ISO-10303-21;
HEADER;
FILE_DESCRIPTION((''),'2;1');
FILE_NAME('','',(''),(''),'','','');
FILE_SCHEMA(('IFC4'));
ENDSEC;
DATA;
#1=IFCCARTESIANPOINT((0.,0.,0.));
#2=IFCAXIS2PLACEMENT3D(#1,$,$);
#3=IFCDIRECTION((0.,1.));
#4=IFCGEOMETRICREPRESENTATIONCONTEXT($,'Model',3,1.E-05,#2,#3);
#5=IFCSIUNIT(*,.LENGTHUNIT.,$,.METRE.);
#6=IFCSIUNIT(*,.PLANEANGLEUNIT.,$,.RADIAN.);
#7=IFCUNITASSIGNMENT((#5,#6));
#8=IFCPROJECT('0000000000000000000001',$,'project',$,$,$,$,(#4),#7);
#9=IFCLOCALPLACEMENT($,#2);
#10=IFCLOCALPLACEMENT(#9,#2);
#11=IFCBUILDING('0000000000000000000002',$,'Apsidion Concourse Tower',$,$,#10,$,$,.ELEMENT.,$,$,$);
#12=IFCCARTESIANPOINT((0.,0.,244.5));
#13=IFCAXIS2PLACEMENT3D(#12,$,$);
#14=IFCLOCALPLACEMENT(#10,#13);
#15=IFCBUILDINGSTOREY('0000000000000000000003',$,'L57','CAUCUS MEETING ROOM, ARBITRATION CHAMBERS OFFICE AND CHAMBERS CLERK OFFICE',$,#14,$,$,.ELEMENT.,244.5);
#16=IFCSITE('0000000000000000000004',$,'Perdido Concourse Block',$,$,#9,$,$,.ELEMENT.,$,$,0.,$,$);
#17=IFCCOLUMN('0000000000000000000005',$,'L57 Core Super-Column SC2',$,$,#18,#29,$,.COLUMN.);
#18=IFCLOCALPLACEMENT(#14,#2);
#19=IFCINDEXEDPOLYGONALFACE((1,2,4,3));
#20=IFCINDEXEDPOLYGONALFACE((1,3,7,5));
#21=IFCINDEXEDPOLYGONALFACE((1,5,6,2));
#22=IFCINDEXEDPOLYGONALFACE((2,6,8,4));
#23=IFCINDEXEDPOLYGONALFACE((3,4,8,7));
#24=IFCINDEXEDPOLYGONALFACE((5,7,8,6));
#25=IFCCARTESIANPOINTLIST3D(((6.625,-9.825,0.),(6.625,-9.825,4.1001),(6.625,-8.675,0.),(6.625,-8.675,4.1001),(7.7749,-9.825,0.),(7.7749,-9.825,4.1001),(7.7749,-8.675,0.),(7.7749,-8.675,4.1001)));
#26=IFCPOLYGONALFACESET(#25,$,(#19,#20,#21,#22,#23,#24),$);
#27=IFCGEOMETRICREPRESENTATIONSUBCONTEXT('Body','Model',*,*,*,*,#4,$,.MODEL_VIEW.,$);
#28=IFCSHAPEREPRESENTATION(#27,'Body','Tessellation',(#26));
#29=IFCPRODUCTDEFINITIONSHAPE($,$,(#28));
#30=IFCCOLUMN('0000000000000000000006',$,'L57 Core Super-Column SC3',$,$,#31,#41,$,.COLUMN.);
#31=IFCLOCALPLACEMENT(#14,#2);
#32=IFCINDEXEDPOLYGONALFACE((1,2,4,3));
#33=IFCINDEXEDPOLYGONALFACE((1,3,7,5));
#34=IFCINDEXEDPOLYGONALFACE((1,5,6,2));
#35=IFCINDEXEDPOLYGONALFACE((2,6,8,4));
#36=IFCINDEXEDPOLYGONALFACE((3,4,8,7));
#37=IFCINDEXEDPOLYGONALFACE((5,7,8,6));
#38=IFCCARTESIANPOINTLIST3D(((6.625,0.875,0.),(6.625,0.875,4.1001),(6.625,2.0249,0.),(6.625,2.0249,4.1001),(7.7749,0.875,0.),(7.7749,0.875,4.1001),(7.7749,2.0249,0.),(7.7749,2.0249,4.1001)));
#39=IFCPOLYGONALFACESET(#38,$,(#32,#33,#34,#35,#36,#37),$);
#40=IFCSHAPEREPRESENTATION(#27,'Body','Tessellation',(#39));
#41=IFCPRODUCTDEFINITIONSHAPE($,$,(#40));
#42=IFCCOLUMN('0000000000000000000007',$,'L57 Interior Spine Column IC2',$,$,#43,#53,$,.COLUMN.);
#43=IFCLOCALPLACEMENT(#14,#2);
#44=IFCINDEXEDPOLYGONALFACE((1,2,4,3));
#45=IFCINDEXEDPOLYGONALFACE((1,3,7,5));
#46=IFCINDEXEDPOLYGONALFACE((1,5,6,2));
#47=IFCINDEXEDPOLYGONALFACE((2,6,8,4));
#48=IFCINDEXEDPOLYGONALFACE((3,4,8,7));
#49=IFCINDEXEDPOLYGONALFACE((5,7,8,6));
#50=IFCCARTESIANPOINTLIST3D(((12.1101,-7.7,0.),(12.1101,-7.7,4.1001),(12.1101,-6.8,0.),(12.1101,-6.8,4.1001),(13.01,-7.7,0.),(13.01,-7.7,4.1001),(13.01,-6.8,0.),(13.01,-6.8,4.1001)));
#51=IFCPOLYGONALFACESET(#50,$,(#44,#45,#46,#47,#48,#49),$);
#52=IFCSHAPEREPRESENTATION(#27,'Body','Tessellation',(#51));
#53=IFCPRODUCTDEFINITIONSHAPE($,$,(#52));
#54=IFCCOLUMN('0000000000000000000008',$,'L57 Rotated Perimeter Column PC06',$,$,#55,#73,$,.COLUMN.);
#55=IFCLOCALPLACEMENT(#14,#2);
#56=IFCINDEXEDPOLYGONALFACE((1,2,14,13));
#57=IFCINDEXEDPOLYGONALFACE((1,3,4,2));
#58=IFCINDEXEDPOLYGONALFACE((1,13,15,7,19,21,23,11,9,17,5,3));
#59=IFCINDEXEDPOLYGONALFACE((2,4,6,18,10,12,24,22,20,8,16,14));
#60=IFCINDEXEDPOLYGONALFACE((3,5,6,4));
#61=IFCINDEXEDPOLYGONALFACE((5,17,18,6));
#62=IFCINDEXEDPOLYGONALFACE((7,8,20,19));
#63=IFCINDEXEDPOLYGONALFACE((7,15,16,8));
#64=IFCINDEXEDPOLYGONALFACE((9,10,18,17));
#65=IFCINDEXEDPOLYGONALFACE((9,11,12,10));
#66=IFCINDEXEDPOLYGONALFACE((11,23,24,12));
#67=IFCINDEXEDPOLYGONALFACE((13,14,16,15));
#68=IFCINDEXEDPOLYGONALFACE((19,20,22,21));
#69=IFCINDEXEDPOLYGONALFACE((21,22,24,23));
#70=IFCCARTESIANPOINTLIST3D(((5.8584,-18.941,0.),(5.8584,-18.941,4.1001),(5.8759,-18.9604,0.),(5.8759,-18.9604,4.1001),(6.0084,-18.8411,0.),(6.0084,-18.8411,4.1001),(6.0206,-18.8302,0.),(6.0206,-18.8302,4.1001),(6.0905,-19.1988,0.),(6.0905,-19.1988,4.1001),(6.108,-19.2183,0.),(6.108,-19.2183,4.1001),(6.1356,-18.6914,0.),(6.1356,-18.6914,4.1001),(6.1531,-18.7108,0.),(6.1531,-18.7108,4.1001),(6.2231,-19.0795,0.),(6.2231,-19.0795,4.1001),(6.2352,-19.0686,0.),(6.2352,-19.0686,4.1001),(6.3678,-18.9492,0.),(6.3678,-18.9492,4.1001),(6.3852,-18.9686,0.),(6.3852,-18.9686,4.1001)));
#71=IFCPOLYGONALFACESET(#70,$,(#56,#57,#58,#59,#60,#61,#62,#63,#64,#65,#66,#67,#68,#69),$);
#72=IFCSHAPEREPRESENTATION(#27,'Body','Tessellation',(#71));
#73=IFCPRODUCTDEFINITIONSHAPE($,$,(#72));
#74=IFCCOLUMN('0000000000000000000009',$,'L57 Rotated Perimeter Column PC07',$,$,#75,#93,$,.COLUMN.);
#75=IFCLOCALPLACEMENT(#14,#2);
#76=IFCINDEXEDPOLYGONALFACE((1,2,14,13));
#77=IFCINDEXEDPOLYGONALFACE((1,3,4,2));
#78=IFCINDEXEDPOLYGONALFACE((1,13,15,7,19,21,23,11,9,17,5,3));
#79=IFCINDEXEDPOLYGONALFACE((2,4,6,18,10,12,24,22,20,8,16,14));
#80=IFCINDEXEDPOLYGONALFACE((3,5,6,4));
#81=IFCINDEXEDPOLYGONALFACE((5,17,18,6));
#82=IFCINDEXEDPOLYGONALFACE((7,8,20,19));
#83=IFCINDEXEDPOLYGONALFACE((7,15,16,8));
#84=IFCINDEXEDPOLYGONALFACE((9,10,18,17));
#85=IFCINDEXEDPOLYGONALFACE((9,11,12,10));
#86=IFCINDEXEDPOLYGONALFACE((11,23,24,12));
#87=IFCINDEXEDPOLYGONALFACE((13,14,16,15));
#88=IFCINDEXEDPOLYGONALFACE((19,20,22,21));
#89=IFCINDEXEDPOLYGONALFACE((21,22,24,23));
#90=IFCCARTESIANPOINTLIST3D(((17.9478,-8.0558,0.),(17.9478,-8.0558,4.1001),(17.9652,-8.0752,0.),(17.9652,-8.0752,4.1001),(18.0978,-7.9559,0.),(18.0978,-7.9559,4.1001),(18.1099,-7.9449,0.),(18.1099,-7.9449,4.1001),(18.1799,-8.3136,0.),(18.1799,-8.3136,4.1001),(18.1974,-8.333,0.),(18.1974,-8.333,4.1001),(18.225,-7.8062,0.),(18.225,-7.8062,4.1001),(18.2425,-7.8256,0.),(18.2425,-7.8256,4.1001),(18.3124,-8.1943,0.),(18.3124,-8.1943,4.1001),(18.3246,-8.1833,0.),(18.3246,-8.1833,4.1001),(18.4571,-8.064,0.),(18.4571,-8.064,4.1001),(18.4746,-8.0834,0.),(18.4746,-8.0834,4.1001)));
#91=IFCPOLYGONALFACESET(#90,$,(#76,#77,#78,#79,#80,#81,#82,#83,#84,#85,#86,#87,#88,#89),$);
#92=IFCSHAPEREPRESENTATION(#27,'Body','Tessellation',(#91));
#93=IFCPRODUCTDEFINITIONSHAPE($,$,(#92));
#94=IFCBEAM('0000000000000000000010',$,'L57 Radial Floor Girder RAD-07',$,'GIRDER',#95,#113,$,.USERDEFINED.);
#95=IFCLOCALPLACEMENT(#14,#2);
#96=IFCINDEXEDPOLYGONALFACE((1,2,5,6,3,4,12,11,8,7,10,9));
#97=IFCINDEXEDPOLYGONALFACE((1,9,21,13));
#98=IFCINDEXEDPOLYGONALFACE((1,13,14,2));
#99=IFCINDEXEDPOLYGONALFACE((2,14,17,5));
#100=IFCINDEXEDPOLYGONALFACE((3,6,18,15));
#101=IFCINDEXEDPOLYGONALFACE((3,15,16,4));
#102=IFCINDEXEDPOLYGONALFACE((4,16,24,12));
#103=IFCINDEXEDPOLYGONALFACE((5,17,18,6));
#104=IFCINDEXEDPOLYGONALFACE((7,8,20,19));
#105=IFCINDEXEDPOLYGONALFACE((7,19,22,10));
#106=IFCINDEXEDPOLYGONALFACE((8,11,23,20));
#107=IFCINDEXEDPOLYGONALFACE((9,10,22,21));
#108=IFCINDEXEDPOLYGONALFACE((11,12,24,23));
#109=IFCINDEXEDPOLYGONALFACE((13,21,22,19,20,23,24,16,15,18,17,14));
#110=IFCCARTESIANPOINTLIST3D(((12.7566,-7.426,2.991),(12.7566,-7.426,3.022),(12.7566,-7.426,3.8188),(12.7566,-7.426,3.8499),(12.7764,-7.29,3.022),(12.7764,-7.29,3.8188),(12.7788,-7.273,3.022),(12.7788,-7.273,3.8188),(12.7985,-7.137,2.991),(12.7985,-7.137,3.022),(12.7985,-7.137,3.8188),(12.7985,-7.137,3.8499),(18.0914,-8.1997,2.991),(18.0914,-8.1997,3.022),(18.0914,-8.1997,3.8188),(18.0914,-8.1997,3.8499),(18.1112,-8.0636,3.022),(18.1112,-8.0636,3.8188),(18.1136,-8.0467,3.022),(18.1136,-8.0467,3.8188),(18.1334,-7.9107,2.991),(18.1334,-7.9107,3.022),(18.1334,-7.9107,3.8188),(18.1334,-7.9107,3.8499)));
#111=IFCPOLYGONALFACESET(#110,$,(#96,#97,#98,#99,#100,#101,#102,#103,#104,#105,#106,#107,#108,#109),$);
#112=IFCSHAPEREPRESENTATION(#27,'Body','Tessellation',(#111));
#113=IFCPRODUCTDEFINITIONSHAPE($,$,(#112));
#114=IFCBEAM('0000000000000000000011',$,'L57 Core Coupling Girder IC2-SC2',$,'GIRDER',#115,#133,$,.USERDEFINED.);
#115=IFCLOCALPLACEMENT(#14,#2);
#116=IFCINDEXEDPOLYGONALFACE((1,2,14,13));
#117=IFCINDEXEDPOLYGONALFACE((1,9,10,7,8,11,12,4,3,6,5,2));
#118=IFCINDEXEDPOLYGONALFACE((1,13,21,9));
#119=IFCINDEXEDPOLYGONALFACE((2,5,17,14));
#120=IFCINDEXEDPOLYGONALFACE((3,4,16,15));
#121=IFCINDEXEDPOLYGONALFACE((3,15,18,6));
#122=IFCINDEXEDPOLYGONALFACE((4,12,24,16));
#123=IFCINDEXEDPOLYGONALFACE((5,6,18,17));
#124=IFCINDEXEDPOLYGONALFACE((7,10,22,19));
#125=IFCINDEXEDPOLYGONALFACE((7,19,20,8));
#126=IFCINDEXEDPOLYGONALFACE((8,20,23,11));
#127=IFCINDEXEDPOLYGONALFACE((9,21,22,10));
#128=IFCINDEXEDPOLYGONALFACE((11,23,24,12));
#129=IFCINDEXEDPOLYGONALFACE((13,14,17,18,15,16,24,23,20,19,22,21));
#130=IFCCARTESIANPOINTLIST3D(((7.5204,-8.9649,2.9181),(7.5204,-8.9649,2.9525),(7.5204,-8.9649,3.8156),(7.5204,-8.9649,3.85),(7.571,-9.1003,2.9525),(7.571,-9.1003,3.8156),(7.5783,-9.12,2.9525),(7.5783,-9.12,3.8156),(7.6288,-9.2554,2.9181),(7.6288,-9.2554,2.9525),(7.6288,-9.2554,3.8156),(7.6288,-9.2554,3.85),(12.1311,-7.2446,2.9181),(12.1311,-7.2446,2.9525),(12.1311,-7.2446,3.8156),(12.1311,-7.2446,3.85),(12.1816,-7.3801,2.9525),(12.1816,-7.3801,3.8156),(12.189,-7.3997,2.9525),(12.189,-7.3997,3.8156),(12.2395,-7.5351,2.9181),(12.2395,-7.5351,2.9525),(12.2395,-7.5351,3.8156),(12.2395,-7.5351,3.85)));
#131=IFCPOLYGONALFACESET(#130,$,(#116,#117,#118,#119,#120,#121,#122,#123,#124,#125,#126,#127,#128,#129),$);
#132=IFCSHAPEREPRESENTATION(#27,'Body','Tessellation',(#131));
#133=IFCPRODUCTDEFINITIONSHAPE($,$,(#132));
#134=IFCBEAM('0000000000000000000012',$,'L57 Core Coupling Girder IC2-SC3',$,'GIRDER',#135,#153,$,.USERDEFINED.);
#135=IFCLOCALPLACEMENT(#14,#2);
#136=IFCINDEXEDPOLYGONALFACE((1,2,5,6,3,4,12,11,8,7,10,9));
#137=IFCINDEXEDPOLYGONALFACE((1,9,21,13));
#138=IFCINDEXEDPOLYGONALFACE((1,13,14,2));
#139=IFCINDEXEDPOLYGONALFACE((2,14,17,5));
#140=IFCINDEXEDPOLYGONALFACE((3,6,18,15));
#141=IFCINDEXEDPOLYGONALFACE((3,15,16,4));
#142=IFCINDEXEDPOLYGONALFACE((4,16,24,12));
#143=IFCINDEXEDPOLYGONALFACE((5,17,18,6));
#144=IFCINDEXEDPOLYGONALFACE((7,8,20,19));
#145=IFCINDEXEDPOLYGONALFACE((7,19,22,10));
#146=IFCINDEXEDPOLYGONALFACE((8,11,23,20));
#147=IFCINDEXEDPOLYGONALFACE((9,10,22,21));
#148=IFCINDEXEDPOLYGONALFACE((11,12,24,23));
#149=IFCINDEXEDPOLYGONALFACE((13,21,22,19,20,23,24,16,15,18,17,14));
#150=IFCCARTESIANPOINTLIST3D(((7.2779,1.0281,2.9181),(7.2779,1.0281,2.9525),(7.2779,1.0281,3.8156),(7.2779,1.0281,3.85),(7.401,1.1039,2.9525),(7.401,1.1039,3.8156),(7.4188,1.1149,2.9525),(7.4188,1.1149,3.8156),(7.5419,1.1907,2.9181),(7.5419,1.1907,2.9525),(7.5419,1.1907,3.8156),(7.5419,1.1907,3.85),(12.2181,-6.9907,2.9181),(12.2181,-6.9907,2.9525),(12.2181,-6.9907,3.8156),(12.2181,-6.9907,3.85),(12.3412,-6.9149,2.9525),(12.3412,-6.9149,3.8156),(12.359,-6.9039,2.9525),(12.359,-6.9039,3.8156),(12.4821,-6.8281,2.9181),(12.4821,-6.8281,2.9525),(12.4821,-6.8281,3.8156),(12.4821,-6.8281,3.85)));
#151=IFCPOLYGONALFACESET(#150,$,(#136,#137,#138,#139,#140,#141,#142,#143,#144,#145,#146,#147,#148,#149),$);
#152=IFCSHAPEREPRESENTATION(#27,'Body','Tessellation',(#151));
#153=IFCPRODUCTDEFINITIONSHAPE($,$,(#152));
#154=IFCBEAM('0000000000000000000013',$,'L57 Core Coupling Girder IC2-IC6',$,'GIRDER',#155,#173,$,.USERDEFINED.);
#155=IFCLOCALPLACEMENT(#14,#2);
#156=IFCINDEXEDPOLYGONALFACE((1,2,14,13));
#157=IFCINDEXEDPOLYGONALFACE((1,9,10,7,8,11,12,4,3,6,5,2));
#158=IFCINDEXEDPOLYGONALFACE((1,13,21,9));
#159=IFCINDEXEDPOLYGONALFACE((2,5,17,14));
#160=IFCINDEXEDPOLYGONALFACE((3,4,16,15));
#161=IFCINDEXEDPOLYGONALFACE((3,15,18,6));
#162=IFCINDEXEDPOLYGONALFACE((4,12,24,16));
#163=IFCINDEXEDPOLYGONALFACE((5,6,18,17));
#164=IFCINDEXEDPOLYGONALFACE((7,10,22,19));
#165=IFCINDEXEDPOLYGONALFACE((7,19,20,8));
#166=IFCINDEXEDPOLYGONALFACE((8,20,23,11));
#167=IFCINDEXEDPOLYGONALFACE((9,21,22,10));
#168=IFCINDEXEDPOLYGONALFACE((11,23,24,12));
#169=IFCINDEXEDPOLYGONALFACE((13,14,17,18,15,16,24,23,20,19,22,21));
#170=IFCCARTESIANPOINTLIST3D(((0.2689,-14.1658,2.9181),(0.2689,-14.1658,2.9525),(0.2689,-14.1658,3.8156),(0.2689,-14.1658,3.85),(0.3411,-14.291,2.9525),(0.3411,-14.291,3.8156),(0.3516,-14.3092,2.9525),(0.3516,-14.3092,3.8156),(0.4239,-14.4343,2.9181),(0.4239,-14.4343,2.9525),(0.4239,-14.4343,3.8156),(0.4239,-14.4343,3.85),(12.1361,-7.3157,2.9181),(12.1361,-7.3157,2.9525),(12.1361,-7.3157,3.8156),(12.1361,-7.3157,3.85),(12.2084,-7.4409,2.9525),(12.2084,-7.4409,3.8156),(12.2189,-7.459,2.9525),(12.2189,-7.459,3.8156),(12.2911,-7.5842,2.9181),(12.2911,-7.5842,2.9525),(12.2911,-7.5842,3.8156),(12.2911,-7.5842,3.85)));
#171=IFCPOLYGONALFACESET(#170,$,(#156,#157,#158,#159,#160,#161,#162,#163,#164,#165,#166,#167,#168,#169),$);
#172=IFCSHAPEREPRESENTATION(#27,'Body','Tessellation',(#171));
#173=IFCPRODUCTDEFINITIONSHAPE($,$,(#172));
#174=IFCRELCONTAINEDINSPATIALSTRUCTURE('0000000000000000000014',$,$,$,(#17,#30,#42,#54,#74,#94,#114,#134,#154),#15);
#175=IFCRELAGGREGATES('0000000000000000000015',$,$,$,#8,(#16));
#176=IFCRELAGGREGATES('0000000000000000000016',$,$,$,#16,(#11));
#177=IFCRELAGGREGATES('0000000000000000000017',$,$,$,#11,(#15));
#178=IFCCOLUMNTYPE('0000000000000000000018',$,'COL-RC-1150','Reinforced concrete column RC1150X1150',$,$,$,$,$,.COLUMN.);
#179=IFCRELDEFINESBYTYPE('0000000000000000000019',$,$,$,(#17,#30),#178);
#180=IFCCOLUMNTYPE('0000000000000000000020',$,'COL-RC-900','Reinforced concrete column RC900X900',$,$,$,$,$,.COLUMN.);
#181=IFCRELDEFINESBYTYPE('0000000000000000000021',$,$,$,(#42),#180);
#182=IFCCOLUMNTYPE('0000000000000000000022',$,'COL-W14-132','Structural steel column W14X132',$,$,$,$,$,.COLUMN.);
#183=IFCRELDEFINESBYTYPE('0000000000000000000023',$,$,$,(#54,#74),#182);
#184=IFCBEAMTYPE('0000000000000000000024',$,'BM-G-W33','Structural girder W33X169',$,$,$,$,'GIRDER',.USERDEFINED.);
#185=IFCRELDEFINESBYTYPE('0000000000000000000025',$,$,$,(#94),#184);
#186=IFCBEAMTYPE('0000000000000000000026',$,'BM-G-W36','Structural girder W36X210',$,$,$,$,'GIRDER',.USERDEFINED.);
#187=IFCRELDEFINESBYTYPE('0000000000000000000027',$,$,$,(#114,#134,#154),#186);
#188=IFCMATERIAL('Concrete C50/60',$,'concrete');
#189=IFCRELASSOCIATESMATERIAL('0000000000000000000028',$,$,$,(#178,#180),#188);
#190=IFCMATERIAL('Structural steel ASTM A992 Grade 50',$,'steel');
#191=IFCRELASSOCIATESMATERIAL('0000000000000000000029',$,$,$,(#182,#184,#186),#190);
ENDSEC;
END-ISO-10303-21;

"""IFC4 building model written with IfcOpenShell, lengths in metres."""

from ifc_helpers import new_model, si_unit, direction, frame, origin, origin_2d, place, context, subcontext, project, spatial, rectangle, i_section, extrude, material, material_profile, profile_set, type_object, element, save


model = new_model("IFC4")

# Units and contexts
model_context = context("Model", 3, precision=1e-05, world=origin(), true_north=direction((0.0, 1.0)))
body_context = subcontext(model_context, "Body", "Model", "MODEL_VIEW")
ifc_project = project(units=[si_unit("LENGTHUNIT", "METRE"), si_unit("PLANEANGLEUNIT", "RADIAN")], contexts=[model_context])

# Site, building, storey
site_placement = place(None, origin())
site = spatial("IfcSite", under=ifc_project, at=site_placement, Name="Perdido Concourse Block", CompositionType="ELEMENT", RefElevation=0.0)
building_placement = place(site_placement, origin())
building = spatial("IfcBuilding", under=site, at=building_placement, Name="Apsidion Concourse Tower", CompositionType="ELEMENT")
storey_placement = place(building_placement, frame((0.0, 0.0, 244.5)))
storey = spatial("IfcBuildingStorey", under=building, at=storey_placement, Name="L57", Description="CAUCUS MEETING ROOM, ARBITRATION CHAMBERS OFFICE AND CHAMBERS CLERK OFFICE", CompositionType="ELEMENT", Elevation=244.5)

# Columns
ifc_material_1 = material(Name="Concrete C50/60", Category="concrete")
ifc_material_profile_1 = material_profile(ifc_material_1, rectangle(XDim=1.1499, YDim=1.1499, at=origin_2d()), Name="RC 1150x1150")
ifc_profile_set_1 = profile_set([ifc_material_profile_1], Name="Concrete C50/60")
column_type_1 = type_object("IfcColumnType", Name="COL-RC-1150", Description="Reinforced concrete column RC1150X1150", PredefinedType="COLUMN", material=ifc_profile_set_1)
for number, where, z_axis, x_axis, name in (
    (1, (7.2, -9.25, 0.0), (0.0, 0.0, 1.0), (1.0, 0.0, 0.0), "L57 Core Super-Column SC2"),
    (2, (7.2, 1.45, 0.0), (0.0, 0.0, 1.0), (1.0, 0.0, 0.0), "L57 Core Super-Column SC3"),
):
    element("IfcColumn", number, at=place(storey_placement, frame(where, z_axis=z_axis, x_axis=x_axis)), inside=storey, type_object=column_type_1, Name=name, PredefinedType="COLUMN", context=body_context, shape_type="SweptSolid", body=[
        extrude(rectangle(XDim=1.1499, YDim=1.1499, at=origin_2d()), origin(), (0.0, 0.0, 1.0), 4.1001),
    ])
ifc_material_profile_2 = material_profile(ifc_material_1, rectangle(XDim=0.8999, YDim=0.8999, at=origin_2d()), Name="RC 900x900")
ifc_profile_set_2 = profile_set([ifc_material_profile_2], Name="Concrete C50/60")
column_type_2 = type_object("IfcColumnType", Name="COL-RC-900", Description="Reinforced concrete column RC900X900", PredefinedType="COLUMN", material=ifc_profile_set_2)
column_placement = place(storey_placement, frame((12.5601, -7.25, 0.0), z_axis=(0.0, 0.0, 1.0), x_axis=(1.0, 0.0, 0.0)))
element("IfcColumn", 3, at=column_placement, inside=storey, type_object=column_type_2, Name="L57 Interior Spine Column IC2", PredefinedType="COLUMN", context=body_context, shape_type="SweptSolid", body=[
    extrude(rectangle(XDim=0.8999, YDim=0.8999, at=origin_2d()), origin(), (0.0, 0.0, 1.0), 4.1001),
])
ifc_material_2 = material(Name="Structural steel ASTM A992 Grade 50", Category="steel")
ifc_material_profile_3 = material_profile(ifc_material_2, i_section(OverallWidth=0.373, OverallDepth=0.373, WebThickness=0.0164, FlangeThickness=0.0261, at=origin_2d()), Name="W14X132")
ifc_profile_set_3 = profile_set([ifc_material_profile_3], Name="Structural steel ASTM A992 Grade 50")
column_type_3 = type_object("IfcColumnType", Name="COL-W14-132", Description="Structural steel column W14X132", PredefinedType="COLUMN", material=ifc_profile_set_3)
for number, where, z_axis, x_axis, name in (
    (4, (6.1218, -18.9548, 0.0), (0.0, 0.0, 1.0), (0.743145, 0.669131, 0.0), "L57 Rotated Perimeter Column PC06"),
    (5, (18.2112, -8.0696, 0.0), (0.0, 0.0, 1.0), (0.743145, 0.669131, 0.0), "L57 Rotated Perimeter Column PC07"),
):
    element("IfcColumn", number, at=place(storey_placement, frame(where, z_axis=z_axis, x_axis=x_axis)), inside=storey, type_object=column_type_3, Name=name, PredefinedType="COLUMN", context=body_context, shape_type="SweptSolid", body=[
        extrude(i_section(OverallWidth=0.373, OverallDepth=0.373, WebThickness=0.0164, FlangeThickness=0.0261, at=origin_2d()), origin(), (0.0, 0.0, 1.0), 4.1001),
    ])

# Beams
ifc_material_profile_4 = material_profile(ifc_material_2, i_section(OverallWidth=0.292, OverallDepth=0.8589, WebThickness=0.0171, FlangeThickness=0.031, at=origin_2d()), Name="W33X169")
ifc_profile_set_4 = profile_set([ifc_material_profile_4], Name="Structural steel ASTM A992 Grade 50")
beam_type_1 = type_object("IfcBeamType", Name="BM-G-W33", Description="Structural girder W33X169", ElementType="GIRDER", PredefinedType="USERDEFINED", material=ifc_profile_set_4)
beam_1_placement = place(storey_placement, frame((12.7776, -7.2815, 3.4204), z_axis=(0.989647, -0.143526, 0.0), x_axis=(0.143526, 0.989647, 0.0)))
element("IfcBeam", 6, at=beam_1_placement, inside=storey, type_object=beam_type_1, Name="L57 Radial Floor Girder RAD-07", ObjectType="GIRDER", PredefinedType="USERDEFINED", context=body_context, shape_type="SweptSolid", body=[
    extrude(i_section(OverallWidth=0.292, OverallDepth=0.8589, WebThickness=0.0171, FlangeThickness=0.031, at=origin_2d()), origin(), (0.0, 0.0, 1.0), 5.3906),
])
ifc_material_profile_5 = material_profile(ifc_material_2, i_section(OverallWidth=0.3101, OverallDepth=0.9319, WebThickness=0.021, FlangeThickness=0.0344, at=origin_2d()), Name="W36X210")
ifc_profile_set_5 = profile_set([ifc_material_profile_5], Name="Structural steel ASTM A992 Grade 50")
beam_type_2 = type_object("IfcBeamType", Name="BM-G-W36", Description="Structural girder W36X210", ElementType="GIRDER", PredefinedType="USERDEFINED", material=ifc_profile_set_5)
beam_2_placement = place(storey_placement, frame((12.1853, -7.3899, 3.384), z_axis=(-0.936913, -0.349563, 0.0), x_axis=(0.349563, -0.936913, 0.0)))
element("IfcBeam", 7, at=beam_2_placement, inside=storey, type_object=beam_type_2, Name="L57 Core Coupling Girder IC2-SC2", ObjectType="GIRDER", PredefinedType="USERDEFINED", context=body_context, shape_type="SweptSolid", body=[
    extrude(i_section(OverallWidth=0.3101, OverallDepth=0.9319, WebThickness=0.021, FlangeThickness=0.0344, at=origin_2d()), origin(), (0.0, 0.0, 1.0), 4.9211),
])
beam_3_placement = place(storey_placement, frame((12.3501, -6.9094, 3.384), z_axis=(-0.524524, 0.851396, 0.0), x_axis=(-0.851396, -0.524524, 0.0)))
element("IfcBeam", 8, at=beam_3_placement, inside=storey, type_object=beam_type_2, Name="L57 Core Coupling Girder IC2-SC3", ObjectType="GIRDER", PredefinedType="USERDEFINED", context=body_context, shape_type="SweptSolid", body=[
    extrude(i_section(OverallWidth=0.3101, OverallDepth=0.9319, WebThickness=0.021, FlangeThickness=0.0344, at=origin_2d()), origin(), (0.0, 0.0, 1.0), 9.4185),
])
beam_4_placement = place(storey_placement, frame((12.2136, -7.45, 3.384), z_axis=(-0.86607, -0.499922, 0.0), x_axis=(0.499922, -0.86607, 0.0)))
element("IfcBeam", 9, at=beam_4_placement, inside=storey, type_object=beam_type_2, Name="L57 Core Coupling Girder IC2-IC6", ObjectType="GIRDER", PredefinedType="USERDEFINED", context=body_context, shape_type="SweptSolid", body=[
    extrude(i_section(OverallWidth=0.3101, OverallDepth=0.9319, WebThickness=0.021, FlangeThickness=0.0344, at=origin_2d()), origin(), (0.0, 0.0, 1.0), 13.7024),
])

save(model, "model.ifc")
